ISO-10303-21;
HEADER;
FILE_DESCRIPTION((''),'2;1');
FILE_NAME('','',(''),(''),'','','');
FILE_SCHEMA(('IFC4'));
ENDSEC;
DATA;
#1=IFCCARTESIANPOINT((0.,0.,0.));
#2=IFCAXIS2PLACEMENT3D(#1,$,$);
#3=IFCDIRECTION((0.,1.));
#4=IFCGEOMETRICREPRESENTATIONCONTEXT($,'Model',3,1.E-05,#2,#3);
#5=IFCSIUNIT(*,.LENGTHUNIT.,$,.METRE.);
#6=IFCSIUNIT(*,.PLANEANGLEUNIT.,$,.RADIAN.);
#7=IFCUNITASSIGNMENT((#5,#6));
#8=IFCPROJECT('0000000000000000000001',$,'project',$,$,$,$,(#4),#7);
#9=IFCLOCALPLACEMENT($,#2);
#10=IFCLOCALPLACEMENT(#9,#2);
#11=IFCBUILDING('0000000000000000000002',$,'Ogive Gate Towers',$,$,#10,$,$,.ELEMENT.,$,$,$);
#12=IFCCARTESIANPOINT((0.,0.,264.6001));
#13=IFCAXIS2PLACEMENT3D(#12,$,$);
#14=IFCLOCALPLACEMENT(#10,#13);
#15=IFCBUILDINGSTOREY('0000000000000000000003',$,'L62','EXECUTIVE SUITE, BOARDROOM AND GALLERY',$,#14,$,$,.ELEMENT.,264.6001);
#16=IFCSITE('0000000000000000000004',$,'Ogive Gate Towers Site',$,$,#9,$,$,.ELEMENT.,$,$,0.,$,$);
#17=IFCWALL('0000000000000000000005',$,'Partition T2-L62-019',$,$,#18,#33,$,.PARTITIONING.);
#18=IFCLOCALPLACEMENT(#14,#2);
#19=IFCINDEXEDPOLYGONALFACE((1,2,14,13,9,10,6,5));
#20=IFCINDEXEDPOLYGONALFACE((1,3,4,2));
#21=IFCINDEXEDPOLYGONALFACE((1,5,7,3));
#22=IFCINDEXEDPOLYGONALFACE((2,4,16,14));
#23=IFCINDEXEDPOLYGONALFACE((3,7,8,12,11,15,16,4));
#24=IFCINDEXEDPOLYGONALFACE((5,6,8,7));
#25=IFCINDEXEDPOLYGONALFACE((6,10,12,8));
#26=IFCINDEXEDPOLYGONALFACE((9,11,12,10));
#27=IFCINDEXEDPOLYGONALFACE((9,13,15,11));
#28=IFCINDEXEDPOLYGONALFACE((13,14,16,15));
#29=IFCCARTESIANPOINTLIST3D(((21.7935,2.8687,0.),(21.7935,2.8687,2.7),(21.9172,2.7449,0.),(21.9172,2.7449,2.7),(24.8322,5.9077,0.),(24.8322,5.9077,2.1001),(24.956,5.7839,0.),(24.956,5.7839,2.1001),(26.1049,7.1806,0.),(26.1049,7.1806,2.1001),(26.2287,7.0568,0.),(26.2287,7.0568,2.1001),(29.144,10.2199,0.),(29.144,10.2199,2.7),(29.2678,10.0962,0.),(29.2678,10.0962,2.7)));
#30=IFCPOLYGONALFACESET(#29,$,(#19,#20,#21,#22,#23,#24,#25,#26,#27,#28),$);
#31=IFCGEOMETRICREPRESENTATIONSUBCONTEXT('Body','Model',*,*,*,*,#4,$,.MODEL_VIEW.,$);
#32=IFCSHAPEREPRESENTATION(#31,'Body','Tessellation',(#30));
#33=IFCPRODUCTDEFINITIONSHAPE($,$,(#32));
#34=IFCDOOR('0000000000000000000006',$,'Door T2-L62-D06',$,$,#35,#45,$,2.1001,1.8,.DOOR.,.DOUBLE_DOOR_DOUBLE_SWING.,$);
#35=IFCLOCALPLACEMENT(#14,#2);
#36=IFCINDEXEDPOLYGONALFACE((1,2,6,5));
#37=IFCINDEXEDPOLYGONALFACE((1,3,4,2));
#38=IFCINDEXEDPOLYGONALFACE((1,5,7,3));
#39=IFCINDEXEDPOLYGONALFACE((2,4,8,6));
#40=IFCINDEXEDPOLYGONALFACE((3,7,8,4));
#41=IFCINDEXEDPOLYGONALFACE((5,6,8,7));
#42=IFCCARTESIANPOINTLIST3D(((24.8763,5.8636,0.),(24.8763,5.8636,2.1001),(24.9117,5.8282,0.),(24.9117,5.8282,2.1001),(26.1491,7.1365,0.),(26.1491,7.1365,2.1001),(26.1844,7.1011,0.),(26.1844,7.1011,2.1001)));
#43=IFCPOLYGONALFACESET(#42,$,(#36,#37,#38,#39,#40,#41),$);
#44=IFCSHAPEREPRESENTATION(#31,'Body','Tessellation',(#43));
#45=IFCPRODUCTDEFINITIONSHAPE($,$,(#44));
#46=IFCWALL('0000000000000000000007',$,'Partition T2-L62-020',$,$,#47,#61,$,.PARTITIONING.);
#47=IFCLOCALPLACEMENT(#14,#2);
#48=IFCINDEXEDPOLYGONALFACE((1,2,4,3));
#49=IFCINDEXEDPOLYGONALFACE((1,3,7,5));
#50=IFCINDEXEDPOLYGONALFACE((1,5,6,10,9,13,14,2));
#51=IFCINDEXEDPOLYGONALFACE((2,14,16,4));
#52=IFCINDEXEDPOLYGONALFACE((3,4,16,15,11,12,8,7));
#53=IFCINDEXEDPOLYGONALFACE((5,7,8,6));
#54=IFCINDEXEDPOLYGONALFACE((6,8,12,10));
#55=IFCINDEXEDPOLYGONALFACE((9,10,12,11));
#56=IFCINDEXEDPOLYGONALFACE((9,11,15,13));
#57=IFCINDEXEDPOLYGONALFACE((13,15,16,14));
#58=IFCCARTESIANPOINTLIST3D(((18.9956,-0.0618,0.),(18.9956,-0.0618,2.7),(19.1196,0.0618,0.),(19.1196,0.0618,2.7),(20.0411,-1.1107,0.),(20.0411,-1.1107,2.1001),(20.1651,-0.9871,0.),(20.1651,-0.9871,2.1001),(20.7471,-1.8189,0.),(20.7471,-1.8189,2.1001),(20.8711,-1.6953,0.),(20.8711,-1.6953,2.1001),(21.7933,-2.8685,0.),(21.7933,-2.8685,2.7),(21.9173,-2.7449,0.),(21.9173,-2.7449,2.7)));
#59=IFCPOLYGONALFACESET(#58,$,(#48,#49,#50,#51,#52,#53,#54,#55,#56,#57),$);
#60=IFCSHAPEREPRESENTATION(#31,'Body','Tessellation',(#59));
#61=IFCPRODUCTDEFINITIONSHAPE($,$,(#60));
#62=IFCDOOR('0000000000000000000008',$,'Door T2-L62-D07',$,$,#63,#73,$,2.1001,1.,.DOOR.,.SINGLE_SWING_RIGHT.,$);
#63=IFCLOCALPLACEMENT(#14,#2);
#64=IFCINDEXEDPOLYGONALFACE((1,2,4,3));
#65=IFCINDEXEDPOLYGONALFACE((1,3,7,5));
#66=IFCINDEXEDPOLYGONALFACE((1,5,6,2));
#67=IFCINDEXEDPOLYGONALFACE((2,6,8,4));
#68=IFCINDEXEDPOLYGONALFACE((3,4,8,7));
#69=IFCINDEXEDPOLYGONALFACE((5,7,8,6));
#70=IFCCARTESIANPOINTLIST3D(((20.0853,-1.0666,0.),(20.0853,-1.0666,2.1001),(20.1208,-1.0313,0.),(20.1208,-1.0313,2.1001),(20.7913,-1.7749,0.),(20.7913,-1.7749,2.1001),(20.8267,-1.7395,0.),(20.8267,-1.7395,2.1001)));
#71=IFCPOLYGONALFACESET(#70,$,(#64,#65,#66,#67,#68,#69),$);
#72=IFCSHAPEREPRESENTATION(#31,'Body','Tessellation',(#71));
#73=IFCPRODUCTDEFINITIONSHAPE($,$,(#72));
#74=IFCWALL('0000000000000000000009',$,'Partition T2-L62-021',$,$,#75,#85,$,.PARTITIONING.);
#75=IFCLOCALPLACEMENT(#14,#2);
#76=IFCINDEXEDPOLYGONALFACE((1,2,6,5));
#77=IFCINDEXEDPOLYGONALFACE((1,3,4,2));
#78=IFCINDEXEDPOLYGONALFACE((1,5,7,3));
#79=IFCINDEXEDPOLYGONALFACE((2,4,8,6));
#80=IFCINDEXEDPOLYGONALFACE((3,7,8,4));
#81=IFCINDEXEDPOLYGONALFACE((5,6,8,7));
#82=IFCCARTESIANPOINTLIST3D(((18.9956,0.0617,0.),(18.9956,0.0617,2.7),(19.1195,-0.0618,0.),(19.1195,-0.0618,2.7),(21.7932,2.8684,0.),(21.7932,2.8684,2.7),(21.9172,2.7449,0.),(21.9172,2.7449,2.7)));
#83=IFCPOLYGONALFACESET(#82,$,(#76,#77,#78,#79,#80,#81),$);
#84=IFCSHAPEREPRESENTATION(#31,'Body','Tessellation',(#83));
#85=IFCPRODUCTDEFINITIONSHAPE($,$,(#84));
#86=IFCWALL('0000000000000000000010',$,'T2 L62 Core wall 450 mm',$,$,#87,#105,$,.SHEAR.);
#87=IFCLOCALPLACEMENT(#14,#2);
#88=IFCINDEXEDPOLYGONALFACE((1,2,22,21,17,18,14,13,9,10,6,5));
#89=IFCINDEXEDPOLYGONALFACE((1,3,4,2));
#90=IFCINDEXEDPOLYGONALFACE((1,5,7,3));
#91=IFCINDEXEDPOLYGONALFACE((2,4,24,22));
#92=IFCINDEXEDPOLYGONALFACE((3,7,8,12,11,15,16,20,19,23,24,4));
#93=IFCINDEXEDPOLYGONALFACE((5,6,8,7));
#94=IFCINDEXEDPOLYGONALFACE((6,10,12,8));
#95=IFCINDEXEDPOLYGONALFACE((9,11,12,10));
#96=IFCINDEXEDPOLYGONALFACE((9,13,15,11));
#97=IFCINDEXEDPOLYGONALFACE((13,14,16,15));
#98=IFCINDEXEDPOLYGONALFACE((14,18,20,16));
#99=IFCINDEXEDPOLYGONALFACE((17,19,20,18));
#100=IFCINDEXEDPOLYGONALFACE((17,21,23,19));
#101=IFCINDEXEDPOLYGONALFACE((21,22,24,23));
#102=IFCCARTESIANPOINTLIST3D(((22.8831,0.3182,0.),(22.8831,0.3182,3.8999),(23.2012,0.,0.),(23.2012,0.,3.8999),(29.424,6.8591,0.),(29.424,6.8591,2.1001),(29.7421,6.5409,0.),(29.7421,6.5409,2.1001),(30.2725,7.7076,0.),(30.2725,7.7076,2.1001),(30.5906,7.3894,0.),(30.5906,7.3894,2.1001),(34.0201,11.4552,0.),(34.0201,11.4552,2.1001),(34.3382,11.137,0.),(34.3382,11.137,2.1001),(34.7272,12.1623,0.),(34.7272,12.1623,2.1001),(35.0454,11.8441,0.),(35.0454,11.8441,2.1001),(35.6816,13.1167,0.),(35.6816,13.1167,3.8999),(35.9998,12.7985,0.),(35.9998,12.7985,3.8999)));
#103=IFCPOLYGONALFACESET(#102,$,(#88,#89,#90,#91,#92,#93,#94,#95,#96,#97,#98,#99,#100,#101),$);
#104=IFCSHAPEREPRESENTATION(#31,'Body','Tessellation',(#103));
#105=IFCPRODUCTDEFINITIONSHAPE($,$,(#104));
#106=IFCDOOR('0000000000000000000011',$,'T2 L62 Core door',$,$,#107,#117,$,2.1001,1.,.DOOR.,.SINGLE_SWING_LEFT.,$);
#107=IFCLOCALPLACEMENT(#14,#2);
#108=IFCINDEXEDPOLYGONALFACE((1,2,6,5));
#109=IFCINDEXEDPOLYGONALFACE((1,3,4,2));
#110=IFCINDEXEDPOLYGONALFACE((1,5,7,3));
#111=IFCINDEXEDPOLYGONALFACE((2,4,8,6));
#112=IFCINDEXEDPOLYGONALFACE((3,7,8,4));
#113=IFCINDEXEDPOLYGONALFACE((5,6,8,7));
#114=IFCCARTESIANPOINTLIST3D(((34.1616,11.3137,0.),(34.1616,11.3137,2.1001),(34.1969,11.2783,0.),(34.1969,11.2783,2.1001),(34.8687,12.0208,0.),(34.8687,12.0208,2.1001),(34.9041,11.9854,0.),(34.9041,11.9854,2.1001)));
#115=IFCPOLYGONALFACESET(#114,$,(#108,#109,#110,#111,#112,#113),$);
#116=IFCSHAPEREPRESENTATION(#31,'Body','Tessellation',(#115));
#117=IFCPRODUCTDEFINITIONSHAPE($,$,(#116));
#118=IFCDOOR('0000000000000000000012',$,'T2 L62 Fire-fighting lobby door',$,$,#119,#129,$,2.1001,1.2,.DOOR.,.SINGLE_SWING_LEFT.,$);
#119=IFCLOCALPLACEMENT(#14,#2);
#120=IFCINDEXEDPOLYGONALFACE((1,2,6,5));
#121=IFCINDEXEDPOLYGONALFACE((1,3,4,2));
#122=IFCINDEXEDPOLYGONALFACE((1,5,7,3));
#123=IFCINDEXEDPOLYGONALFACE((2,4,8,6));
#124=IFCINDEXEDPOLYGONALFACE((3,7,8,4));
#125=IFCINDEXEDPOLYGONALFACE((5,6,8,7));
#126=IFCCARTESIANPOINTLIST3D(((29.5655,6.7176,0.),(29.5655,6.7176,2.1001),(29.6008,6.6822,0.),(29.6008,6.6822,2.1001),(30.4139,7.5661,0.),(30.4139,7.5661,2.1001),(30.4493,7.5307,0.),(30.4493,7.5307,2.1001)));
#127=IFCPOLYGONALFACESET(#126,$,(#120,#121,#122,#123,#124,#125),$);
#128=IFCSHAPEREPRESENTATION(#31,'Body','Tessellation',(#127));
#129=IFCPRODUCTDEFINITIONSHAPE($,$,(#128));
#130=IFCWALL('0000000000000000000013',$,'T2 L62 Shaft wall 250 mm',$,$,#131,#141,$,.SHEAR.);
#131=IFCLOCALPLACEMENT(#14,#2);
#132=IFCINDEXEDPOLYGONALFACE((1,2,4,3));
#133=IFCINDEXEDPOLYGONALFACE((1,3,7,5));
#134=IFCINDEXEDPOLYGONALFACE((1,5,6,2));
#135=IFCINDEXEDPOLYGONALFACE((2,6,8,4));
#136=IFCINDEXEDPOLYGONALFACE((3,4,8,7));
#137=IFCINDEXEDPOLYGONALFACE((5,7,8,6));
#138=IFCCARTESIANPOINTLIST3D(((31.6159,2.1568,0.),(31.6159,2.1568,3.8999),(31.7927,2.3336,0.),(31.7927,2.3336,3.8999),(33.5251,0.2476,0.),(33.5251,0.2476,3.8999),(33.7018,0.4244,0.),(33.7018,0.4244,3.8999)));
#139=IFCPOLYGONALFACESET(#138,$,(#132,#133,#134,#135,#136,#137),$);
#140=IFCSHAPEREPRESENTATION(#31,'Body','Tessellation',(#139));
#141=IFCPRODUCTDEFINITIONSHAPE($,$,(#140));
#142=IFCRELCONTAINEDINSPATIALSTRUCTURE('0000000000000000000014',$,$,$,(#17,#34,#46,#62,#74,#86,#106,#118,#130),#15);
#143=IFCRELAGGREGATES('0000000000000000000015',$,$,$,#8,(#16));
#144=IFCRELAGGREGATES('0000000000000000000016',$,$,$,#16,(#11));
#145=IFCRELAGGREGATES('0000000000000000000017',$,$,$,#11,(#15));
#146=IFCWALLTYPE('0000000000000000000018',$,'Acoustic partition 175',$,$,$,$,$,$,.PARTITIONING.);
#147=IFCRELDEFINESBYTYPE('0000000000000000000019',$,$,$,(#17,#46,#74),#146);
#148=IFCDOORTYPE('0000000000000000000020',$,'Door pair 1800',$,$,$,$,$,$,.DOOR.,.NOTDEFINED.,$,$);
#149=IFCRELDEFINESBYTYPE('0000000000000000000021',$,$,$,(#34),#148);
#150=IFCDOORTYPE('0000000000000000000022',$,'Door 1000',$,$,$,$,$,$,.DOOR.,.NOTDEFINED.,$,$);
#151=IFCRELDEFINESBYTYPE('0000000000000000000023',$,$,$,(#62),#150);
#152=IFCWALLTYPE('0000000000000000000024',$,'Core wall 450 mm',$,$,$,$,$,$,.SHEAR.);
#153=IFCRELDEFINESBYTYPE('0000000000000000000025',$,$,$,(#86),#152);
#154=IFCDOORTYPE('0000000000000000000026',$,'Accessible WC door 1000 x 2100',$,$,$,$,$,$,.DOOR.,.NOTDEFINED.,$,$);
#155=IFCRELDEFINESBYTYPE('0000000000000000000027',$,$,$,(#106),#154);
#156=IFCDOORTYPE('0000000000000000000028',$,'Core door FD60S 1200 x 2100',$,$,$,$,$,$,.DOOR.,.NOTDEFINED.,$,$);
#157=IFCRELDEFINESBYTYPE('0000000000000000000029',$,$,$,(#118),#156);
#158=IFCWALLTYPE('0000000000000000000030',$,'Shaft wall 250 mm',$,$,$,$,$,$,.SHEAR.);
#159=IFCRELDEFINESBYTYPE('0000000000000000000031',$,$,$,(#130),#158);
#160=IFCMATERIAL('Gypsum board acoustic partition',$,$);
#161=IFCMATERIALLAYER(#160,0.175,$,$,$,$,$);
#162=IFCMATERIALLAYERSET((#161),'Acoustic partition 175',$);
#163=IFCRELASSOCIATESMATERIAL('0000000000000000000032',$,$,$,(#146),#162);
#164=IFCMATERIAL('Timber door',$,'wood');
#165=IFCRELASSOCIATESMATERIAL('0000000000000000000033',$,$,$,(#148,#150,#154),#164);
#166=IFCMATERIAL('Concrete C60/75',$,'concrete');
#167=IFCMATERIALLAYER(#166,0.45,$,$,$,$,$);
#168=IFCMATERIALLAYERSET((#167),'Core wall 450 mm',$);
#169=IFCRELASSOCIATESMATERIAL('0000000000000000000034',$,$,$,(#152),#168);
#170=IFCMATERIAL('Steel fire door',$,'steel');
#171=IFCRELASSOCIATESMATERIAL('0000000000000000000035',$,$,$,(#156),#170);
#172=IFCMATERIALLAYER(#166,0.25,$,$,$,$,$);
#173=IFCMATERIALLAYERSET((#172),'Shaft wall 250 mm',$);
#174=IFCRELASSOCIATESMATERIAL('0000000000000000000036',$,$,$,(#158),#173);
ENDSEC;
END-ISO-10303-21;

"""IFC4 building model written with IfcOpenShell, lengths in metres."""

from ifc_helpers import new_model, si_unit, direction, frame, frame_2d, origin, place, context, subcontext, project, spatial, rectangle, extrude, material, layer, layer_set, type_object, element, fill, save


model = new_model("IFC4")

# Units and contexts
model_context = context("Model", 3, precision=1e-05, world=origin(), true_north=direction((0.0, 1.0)))
body_context = subcontext(model_context, "Body", "Model", "MODEL_VIEW")
ifc_project = project(units=[si_unit("LENGTHUNIT", "METRE"), si_unit("PLANEANGLEUNIT", "RADIAN")], contexts=[model_context])

# Site, building, storey
site_placement = place(None, origin())
site = spatial("IfcSite", under=ifc_project, at=site_placement, Name="Ogive Gate Towers Site", CompositionType="ELEMENT", RefElevation=0.0)
building_placement = place(site_placement, origin())
building = spatial("IfcBuilding", under=site, at=building_placement, Name="Ogive Gate Towers", CompositionType="ELEMENT")
storey_placement = place(building_placement, frame((0.0, 0.0, 264.6001)))
storey = spatial("IfcBuildingStorey", under=building, at=storey_placement, Name="L62", Description="EXECUTIVE SUITE, BOARDROOM AND GALLERY", CompositionType="ELEMENT", Elevation=264.6001)

# Shared definitions
ifc_material_1 = material(Name="Gypsum board acoustic partition")
ifc_layer_1 = layer(ifc_material_1, 0.175)
ifc_layer_set_1 = layer_set([ifc_layer_1], Name="Acoustic partition 175")
wall_type_1 = type_object("IfcWallType", Name="Acoustic partition 175", PredefinedType="PARTITIONING", material=ifc_layer_set_1)

# Walls, openings, doors
wall_1_placement = place(storey_placement, frame((29.2058, 10.158, 0.0), z_axis=(0.0, 0.0, 1.0), x_axis=(-0.707072, -0.707142, 0.0)))
wall_1 = element("IfcWall", 1, at=wall_1_placement, inside=storey, type_object=wall_type_1, Name="Partition T2-L62-019", PredefinedType="PARTITIONING", context=body_context, shape_type="SweptSolid", body=[
    extrude(rectangle(XDim=10.3958, YDim=0.175, at=frame_2d((5.1978, 0.0))), origin(), (0.0, 0.0, 1.0), 2.7),
])
opening_1_placement = place(wall_1_placement, frame((4.2981, 0.0, 0.0)))
opening_1 = element("IfcOpeningElement", 2, at=opening_1_placement, cuts=wall_1, PredefinedType="OPENING", context=body_context, shape_type="SweptSolid", body=[
    extrude(rectangle(XDim=1.8, YDim=2.1001, at=frame_2d((0.8999, 1.05))), frame((0.0, 0.0977, 0.0), z_axis=(0.0, -1.0, 0.0), x_axis=(1.0, 0.0, 0.0)), (0.0, 0.0, 1.0), 0.1951),
])
ifc_material_2 = material(Name="Timber door", Category="wood")
door_type_1 = type_object("IfcDoorType", Name="Door pair 1800", OperationType="NOTDEFINED", PredefinedType="DOOR", material=ifc_material_2)
door_1_placement = place(opening_1_placement, origin())
door_1 = element("IfcDoor", 3, at=door_1_placement, inside=storey, type_object=door_type_1, Name="Door T2-L62-D06", OperationType="DOUBLE_DOOR_DOUBLE_SWING", OverallHeight=2.1001, OverallWidth=1.8, PredefinedType="DOOR", context=body_context, shape_type="SweptSolid", body=[
    extrude(rectangle(XDim=1.8, YDim=2.1001, at=frame_2d((0.8999, 1.05))), frame((0.0, 0.0249, 0.0), z_axis=(0.0, -1.0, 0.0), x_axis=(1.0, 0.0, 0.0)), (0.0, 0.0, 1.0), 0.05),
])
fill(opening_1, door_1)
wall_2_placement = place(storey_placement, frame((19.0576, 0.0, 0.0), z_axis=(0.0, 0.0, 1.0), x_axis=(0.705966, -0.708246, 0.0)))
wall_2 = element("IfcWall", 4, at=wall_2_placement, inside=storey, type_object=wall_type_1, Name="Partition T2-L62-020", PredefinedType="PARTITIONING", context=body_context, shape_type="SweptSolid", body=[
    extrude(rectangle(XDim=3.9629, YDim=0.175, at=frame_2d((1.9814, 0.0))), origin(), (0.0, 0.0, 1.0), 2.7),
])
opening_2_placement = place(wall_2_placement, frame((1.481, 0.0, 0.0)))
opening_2 = element("IfcOpeningElement", 5, at=opening_2_placement, cuts=wall_2, PredefinedType="OPENING", context=body_context, shape_type="SweptSolid", body=[
    extrude(rectangle(XDim=1.0, YDim=2.1001, at=frame_2d((0.5, 1.05))), frame((0.0, 0.0977, 0.0), z_axis=(0.0, -1.0, 0.0), x_axis=(1.0, 0.0, 0.0)), (0.0, 0.0, 1.0), 0.1951),
])
door_type_2 = type_object("IfcDoorType", Name="Door 1000", OperationType="NOTDEFINED", PredefinedType="DOOR", material=ifc_material_2)
door_2_placement = place(opening_2_placement, origin())
door_2 = element("IfcDoor", 6, at=door_2_placement, inside=storey, type_object=door_type_2, Name="Door T2-L62-D07", OperationType="SINGLE_SWING_RIGHT", OverallHeight=2.1001, OverallWidth=1.0, PredefinedType="DOOR", context=body_context, shape_type="SweptSolid", body=[
    extrude(rectangle(XDim=1.0, YDim=2.1001, at=frame_2d((0.5, 1.05))), frame((0.0, 0.0249, 0.0), z_axis=(0.0, -1.0, 0.0), x_axis=(1.0, 0.0, 0.0)), (0.0, 0.0, 1.0), 0.05),
])
fill(opening_2, door_2)

# Wall
wall_3_placement = place(storey_placement, frame((21.8552, 2.8066, 0.0), z_axis=(0.0, 0.0, 1.0), x_axis=(-0.705966, -0.708246, 0.0)))
element("IfcWall", 7, at=wall_3_placement, inside=storey, type_object=wall_type_1, Name="Partition T2-L62-021", PredefinedType="PARTITIONING", context=body_context, shape_type="SweptSolid", body=[
    extrude(rectangle(XDim=3.9629, YDim=0.175, at=frame_2d((1.9814, 0.0))), origin(), (0.0, 0.0, 1.0), 2.7),
])

# Wall, openings, doors
ifc_material_3 = material(Name="Concrete C60/75", Category="concrete")
ifc_layer_2 = layer(ifc_material_3, 0.45)
ifc_layer_set_2 = layer_set([ifc_layer_2], Name="Core wall 450 mm")
wall_type_2 = type_object("IfcWallType", Name="Core wall 450 mm", PredefinedType="SHEAR", material=ifc_layer_set_2)
wall_4_placement = place(storey_placement, frame((23.0422, 0.1592, 0.0), z_axis=(0.0, 0.0, 1.0), x_axis=(0.707107, 0.707107, 0.0)))
wall_4 = element("IfcWall", 8, at=wall_4_placement, inside=storey, type_object=wall_type_2, Name="T2 L62 Core wall 450 mm", PredefinedType="SHEAR", context=body_context, shape_type="SweptSolid", body=[
    extrude(rectangle(XDim=18.0999, YDim=0.45, at=frame_2d((9.0498, 0.0))), origin(), (0.0, 0.0, 1.0), 3.8999),
])
opening_3_placement = place(wall_4_placement, frame((9.25, 0.0, 0.0)))
opening_3 = element("IfcOpeningElement", 9, at=opening_3_placement, cuts=wall_4, PredefinedType="OPENING", context=body_context, shape_type="SweptSolid", body=[
    extrude(rectangle(XDim=1.2, YDim=2.1001, at=frame_2d((0.6001, 1.05))), frame((0.0, 0.2349, 0.0), z_axis=(0.0, -1.0, 0.0), x_axis=(1.0, 0.0, 0.0)), (0.0, 0.0, 1.0), 0.47),
])
opening_4_placement = place(wall_4_placement, frame((15.75, 0.0, 0.0)))
opening_4 = element("IfcOpeningElement", 10, at=opening_4_placement, cuts=wall_4, PredefinedType="OPENING", context=body_context, shape_type="SweptSolid", body=[
    extrude(rectangle(XDim=1.0, YDim=2.1001, at=frame_2d((0.5, 1.05))), frame((0.0, 0.2349, 0.0), z_axis=(0.0, -1.0, 0.0), x_axis=(1.0, 0.0, 0.0)), (0.0, 0.0, 1.0), 0.47),
])
door_type_3 = type_object("IfcDoorType", Name="Accessible WC door 1000 x 2100", OperationType="NOTDEFINED", PredefinedType="DOOR", material=ifc_material_2)
door_3_placement = place(opening_4_placement, origin())
door_3 = element("IfcDoor", 11, at=door_3_placement, inside=storey, type_object=door_type_3, Name="T2 L62 Core door", OperationType="SINGLE_SWING_LEFT", OverallHeight=2.1001, OverallWidth=1.0, PredefinedType="DOOR", context=body_context, shape_type="SweptSolid", body=[
    extrude(rectangle(XDim=1.0, YDim=2.1001, at=frame_2d((0.5, 1.05))), frame((0.0, 0.0249, 0.0), z_axis=(0.0, -1.0, 0.0), x_axis=(1.0, 0.0, 0.0)), (0.0, 0.0, 1.0), 0.05),
])
fill(opening_4, door_3)
ifc_material_4 = material(Name="Steel fire door", Category="steel")
door_type_4 = type_object("IfcDoorType", Name="Core door FD60S 1200 x 2100", OperationType="NOTDEFINED", PredefinedType="DOOR", material=ifc_material_4)
door_4_placement = place(opening_3_placement, origin())
door_4 = element("IfcDoor", 12, at=door_4_placement, inside=storey, type_object=door_type_4, Name="T2 L62 Fire-fighting lobby door", OperationType="SINGLE_SWING_LEFT", OverallHeight=2.1001, OverallWidth=1.2, PredefinedType="DOOR", context=body_context, shape_type="SweptSolid", body=[
    extrude(rectangle(XDim=1.2, YDim=2.1001, at=frame_2d((0.6001, 1.05))), frame((0.0, 0.0249, 0.0), z_axis=(0.0, -1.0, 0.0), x_axis=(1.0, 0.0, 0.0)), (0.0, 0.0, 1.0), 0.05),
])
fill(opening_3, door_4)

# Wall
ifc_layer_3 = layer(ifc_material_3, 0.25)
ifc_layer_set_3 = layer_set([ifc_layer_3], Name="Shaft wall 250 mm")
wall_type_3 = type_object("IfcWallType", Name="Shaft wall 250 mm", PredefinedType="SHEAR", material=ifc_layer_set_3)
wall_5_placement = place(storey_placement, frame((33.6135, 0.3359, 0.0), z_axis=(0.0, 0.0, 1.0), x_axis=(-0.707107, 0.707107, 0.0)))
element("IfcWall", 13, at=wall_5_placement, inside=storey, type_object=wall_type_3, Name="T2 L62 Shaft wall 250 mm", PredefinedType="SHEAR", context=body_context, shape_type="SweptSolid", body=[
    extrude(rectangle(XDim=2.7, YDim=0.25, at=frame_2d((1.3501, 0.0))), origin(), (0.0, 0.0, 1.0), 3.8999),
])

save(model, "model.ifc")
